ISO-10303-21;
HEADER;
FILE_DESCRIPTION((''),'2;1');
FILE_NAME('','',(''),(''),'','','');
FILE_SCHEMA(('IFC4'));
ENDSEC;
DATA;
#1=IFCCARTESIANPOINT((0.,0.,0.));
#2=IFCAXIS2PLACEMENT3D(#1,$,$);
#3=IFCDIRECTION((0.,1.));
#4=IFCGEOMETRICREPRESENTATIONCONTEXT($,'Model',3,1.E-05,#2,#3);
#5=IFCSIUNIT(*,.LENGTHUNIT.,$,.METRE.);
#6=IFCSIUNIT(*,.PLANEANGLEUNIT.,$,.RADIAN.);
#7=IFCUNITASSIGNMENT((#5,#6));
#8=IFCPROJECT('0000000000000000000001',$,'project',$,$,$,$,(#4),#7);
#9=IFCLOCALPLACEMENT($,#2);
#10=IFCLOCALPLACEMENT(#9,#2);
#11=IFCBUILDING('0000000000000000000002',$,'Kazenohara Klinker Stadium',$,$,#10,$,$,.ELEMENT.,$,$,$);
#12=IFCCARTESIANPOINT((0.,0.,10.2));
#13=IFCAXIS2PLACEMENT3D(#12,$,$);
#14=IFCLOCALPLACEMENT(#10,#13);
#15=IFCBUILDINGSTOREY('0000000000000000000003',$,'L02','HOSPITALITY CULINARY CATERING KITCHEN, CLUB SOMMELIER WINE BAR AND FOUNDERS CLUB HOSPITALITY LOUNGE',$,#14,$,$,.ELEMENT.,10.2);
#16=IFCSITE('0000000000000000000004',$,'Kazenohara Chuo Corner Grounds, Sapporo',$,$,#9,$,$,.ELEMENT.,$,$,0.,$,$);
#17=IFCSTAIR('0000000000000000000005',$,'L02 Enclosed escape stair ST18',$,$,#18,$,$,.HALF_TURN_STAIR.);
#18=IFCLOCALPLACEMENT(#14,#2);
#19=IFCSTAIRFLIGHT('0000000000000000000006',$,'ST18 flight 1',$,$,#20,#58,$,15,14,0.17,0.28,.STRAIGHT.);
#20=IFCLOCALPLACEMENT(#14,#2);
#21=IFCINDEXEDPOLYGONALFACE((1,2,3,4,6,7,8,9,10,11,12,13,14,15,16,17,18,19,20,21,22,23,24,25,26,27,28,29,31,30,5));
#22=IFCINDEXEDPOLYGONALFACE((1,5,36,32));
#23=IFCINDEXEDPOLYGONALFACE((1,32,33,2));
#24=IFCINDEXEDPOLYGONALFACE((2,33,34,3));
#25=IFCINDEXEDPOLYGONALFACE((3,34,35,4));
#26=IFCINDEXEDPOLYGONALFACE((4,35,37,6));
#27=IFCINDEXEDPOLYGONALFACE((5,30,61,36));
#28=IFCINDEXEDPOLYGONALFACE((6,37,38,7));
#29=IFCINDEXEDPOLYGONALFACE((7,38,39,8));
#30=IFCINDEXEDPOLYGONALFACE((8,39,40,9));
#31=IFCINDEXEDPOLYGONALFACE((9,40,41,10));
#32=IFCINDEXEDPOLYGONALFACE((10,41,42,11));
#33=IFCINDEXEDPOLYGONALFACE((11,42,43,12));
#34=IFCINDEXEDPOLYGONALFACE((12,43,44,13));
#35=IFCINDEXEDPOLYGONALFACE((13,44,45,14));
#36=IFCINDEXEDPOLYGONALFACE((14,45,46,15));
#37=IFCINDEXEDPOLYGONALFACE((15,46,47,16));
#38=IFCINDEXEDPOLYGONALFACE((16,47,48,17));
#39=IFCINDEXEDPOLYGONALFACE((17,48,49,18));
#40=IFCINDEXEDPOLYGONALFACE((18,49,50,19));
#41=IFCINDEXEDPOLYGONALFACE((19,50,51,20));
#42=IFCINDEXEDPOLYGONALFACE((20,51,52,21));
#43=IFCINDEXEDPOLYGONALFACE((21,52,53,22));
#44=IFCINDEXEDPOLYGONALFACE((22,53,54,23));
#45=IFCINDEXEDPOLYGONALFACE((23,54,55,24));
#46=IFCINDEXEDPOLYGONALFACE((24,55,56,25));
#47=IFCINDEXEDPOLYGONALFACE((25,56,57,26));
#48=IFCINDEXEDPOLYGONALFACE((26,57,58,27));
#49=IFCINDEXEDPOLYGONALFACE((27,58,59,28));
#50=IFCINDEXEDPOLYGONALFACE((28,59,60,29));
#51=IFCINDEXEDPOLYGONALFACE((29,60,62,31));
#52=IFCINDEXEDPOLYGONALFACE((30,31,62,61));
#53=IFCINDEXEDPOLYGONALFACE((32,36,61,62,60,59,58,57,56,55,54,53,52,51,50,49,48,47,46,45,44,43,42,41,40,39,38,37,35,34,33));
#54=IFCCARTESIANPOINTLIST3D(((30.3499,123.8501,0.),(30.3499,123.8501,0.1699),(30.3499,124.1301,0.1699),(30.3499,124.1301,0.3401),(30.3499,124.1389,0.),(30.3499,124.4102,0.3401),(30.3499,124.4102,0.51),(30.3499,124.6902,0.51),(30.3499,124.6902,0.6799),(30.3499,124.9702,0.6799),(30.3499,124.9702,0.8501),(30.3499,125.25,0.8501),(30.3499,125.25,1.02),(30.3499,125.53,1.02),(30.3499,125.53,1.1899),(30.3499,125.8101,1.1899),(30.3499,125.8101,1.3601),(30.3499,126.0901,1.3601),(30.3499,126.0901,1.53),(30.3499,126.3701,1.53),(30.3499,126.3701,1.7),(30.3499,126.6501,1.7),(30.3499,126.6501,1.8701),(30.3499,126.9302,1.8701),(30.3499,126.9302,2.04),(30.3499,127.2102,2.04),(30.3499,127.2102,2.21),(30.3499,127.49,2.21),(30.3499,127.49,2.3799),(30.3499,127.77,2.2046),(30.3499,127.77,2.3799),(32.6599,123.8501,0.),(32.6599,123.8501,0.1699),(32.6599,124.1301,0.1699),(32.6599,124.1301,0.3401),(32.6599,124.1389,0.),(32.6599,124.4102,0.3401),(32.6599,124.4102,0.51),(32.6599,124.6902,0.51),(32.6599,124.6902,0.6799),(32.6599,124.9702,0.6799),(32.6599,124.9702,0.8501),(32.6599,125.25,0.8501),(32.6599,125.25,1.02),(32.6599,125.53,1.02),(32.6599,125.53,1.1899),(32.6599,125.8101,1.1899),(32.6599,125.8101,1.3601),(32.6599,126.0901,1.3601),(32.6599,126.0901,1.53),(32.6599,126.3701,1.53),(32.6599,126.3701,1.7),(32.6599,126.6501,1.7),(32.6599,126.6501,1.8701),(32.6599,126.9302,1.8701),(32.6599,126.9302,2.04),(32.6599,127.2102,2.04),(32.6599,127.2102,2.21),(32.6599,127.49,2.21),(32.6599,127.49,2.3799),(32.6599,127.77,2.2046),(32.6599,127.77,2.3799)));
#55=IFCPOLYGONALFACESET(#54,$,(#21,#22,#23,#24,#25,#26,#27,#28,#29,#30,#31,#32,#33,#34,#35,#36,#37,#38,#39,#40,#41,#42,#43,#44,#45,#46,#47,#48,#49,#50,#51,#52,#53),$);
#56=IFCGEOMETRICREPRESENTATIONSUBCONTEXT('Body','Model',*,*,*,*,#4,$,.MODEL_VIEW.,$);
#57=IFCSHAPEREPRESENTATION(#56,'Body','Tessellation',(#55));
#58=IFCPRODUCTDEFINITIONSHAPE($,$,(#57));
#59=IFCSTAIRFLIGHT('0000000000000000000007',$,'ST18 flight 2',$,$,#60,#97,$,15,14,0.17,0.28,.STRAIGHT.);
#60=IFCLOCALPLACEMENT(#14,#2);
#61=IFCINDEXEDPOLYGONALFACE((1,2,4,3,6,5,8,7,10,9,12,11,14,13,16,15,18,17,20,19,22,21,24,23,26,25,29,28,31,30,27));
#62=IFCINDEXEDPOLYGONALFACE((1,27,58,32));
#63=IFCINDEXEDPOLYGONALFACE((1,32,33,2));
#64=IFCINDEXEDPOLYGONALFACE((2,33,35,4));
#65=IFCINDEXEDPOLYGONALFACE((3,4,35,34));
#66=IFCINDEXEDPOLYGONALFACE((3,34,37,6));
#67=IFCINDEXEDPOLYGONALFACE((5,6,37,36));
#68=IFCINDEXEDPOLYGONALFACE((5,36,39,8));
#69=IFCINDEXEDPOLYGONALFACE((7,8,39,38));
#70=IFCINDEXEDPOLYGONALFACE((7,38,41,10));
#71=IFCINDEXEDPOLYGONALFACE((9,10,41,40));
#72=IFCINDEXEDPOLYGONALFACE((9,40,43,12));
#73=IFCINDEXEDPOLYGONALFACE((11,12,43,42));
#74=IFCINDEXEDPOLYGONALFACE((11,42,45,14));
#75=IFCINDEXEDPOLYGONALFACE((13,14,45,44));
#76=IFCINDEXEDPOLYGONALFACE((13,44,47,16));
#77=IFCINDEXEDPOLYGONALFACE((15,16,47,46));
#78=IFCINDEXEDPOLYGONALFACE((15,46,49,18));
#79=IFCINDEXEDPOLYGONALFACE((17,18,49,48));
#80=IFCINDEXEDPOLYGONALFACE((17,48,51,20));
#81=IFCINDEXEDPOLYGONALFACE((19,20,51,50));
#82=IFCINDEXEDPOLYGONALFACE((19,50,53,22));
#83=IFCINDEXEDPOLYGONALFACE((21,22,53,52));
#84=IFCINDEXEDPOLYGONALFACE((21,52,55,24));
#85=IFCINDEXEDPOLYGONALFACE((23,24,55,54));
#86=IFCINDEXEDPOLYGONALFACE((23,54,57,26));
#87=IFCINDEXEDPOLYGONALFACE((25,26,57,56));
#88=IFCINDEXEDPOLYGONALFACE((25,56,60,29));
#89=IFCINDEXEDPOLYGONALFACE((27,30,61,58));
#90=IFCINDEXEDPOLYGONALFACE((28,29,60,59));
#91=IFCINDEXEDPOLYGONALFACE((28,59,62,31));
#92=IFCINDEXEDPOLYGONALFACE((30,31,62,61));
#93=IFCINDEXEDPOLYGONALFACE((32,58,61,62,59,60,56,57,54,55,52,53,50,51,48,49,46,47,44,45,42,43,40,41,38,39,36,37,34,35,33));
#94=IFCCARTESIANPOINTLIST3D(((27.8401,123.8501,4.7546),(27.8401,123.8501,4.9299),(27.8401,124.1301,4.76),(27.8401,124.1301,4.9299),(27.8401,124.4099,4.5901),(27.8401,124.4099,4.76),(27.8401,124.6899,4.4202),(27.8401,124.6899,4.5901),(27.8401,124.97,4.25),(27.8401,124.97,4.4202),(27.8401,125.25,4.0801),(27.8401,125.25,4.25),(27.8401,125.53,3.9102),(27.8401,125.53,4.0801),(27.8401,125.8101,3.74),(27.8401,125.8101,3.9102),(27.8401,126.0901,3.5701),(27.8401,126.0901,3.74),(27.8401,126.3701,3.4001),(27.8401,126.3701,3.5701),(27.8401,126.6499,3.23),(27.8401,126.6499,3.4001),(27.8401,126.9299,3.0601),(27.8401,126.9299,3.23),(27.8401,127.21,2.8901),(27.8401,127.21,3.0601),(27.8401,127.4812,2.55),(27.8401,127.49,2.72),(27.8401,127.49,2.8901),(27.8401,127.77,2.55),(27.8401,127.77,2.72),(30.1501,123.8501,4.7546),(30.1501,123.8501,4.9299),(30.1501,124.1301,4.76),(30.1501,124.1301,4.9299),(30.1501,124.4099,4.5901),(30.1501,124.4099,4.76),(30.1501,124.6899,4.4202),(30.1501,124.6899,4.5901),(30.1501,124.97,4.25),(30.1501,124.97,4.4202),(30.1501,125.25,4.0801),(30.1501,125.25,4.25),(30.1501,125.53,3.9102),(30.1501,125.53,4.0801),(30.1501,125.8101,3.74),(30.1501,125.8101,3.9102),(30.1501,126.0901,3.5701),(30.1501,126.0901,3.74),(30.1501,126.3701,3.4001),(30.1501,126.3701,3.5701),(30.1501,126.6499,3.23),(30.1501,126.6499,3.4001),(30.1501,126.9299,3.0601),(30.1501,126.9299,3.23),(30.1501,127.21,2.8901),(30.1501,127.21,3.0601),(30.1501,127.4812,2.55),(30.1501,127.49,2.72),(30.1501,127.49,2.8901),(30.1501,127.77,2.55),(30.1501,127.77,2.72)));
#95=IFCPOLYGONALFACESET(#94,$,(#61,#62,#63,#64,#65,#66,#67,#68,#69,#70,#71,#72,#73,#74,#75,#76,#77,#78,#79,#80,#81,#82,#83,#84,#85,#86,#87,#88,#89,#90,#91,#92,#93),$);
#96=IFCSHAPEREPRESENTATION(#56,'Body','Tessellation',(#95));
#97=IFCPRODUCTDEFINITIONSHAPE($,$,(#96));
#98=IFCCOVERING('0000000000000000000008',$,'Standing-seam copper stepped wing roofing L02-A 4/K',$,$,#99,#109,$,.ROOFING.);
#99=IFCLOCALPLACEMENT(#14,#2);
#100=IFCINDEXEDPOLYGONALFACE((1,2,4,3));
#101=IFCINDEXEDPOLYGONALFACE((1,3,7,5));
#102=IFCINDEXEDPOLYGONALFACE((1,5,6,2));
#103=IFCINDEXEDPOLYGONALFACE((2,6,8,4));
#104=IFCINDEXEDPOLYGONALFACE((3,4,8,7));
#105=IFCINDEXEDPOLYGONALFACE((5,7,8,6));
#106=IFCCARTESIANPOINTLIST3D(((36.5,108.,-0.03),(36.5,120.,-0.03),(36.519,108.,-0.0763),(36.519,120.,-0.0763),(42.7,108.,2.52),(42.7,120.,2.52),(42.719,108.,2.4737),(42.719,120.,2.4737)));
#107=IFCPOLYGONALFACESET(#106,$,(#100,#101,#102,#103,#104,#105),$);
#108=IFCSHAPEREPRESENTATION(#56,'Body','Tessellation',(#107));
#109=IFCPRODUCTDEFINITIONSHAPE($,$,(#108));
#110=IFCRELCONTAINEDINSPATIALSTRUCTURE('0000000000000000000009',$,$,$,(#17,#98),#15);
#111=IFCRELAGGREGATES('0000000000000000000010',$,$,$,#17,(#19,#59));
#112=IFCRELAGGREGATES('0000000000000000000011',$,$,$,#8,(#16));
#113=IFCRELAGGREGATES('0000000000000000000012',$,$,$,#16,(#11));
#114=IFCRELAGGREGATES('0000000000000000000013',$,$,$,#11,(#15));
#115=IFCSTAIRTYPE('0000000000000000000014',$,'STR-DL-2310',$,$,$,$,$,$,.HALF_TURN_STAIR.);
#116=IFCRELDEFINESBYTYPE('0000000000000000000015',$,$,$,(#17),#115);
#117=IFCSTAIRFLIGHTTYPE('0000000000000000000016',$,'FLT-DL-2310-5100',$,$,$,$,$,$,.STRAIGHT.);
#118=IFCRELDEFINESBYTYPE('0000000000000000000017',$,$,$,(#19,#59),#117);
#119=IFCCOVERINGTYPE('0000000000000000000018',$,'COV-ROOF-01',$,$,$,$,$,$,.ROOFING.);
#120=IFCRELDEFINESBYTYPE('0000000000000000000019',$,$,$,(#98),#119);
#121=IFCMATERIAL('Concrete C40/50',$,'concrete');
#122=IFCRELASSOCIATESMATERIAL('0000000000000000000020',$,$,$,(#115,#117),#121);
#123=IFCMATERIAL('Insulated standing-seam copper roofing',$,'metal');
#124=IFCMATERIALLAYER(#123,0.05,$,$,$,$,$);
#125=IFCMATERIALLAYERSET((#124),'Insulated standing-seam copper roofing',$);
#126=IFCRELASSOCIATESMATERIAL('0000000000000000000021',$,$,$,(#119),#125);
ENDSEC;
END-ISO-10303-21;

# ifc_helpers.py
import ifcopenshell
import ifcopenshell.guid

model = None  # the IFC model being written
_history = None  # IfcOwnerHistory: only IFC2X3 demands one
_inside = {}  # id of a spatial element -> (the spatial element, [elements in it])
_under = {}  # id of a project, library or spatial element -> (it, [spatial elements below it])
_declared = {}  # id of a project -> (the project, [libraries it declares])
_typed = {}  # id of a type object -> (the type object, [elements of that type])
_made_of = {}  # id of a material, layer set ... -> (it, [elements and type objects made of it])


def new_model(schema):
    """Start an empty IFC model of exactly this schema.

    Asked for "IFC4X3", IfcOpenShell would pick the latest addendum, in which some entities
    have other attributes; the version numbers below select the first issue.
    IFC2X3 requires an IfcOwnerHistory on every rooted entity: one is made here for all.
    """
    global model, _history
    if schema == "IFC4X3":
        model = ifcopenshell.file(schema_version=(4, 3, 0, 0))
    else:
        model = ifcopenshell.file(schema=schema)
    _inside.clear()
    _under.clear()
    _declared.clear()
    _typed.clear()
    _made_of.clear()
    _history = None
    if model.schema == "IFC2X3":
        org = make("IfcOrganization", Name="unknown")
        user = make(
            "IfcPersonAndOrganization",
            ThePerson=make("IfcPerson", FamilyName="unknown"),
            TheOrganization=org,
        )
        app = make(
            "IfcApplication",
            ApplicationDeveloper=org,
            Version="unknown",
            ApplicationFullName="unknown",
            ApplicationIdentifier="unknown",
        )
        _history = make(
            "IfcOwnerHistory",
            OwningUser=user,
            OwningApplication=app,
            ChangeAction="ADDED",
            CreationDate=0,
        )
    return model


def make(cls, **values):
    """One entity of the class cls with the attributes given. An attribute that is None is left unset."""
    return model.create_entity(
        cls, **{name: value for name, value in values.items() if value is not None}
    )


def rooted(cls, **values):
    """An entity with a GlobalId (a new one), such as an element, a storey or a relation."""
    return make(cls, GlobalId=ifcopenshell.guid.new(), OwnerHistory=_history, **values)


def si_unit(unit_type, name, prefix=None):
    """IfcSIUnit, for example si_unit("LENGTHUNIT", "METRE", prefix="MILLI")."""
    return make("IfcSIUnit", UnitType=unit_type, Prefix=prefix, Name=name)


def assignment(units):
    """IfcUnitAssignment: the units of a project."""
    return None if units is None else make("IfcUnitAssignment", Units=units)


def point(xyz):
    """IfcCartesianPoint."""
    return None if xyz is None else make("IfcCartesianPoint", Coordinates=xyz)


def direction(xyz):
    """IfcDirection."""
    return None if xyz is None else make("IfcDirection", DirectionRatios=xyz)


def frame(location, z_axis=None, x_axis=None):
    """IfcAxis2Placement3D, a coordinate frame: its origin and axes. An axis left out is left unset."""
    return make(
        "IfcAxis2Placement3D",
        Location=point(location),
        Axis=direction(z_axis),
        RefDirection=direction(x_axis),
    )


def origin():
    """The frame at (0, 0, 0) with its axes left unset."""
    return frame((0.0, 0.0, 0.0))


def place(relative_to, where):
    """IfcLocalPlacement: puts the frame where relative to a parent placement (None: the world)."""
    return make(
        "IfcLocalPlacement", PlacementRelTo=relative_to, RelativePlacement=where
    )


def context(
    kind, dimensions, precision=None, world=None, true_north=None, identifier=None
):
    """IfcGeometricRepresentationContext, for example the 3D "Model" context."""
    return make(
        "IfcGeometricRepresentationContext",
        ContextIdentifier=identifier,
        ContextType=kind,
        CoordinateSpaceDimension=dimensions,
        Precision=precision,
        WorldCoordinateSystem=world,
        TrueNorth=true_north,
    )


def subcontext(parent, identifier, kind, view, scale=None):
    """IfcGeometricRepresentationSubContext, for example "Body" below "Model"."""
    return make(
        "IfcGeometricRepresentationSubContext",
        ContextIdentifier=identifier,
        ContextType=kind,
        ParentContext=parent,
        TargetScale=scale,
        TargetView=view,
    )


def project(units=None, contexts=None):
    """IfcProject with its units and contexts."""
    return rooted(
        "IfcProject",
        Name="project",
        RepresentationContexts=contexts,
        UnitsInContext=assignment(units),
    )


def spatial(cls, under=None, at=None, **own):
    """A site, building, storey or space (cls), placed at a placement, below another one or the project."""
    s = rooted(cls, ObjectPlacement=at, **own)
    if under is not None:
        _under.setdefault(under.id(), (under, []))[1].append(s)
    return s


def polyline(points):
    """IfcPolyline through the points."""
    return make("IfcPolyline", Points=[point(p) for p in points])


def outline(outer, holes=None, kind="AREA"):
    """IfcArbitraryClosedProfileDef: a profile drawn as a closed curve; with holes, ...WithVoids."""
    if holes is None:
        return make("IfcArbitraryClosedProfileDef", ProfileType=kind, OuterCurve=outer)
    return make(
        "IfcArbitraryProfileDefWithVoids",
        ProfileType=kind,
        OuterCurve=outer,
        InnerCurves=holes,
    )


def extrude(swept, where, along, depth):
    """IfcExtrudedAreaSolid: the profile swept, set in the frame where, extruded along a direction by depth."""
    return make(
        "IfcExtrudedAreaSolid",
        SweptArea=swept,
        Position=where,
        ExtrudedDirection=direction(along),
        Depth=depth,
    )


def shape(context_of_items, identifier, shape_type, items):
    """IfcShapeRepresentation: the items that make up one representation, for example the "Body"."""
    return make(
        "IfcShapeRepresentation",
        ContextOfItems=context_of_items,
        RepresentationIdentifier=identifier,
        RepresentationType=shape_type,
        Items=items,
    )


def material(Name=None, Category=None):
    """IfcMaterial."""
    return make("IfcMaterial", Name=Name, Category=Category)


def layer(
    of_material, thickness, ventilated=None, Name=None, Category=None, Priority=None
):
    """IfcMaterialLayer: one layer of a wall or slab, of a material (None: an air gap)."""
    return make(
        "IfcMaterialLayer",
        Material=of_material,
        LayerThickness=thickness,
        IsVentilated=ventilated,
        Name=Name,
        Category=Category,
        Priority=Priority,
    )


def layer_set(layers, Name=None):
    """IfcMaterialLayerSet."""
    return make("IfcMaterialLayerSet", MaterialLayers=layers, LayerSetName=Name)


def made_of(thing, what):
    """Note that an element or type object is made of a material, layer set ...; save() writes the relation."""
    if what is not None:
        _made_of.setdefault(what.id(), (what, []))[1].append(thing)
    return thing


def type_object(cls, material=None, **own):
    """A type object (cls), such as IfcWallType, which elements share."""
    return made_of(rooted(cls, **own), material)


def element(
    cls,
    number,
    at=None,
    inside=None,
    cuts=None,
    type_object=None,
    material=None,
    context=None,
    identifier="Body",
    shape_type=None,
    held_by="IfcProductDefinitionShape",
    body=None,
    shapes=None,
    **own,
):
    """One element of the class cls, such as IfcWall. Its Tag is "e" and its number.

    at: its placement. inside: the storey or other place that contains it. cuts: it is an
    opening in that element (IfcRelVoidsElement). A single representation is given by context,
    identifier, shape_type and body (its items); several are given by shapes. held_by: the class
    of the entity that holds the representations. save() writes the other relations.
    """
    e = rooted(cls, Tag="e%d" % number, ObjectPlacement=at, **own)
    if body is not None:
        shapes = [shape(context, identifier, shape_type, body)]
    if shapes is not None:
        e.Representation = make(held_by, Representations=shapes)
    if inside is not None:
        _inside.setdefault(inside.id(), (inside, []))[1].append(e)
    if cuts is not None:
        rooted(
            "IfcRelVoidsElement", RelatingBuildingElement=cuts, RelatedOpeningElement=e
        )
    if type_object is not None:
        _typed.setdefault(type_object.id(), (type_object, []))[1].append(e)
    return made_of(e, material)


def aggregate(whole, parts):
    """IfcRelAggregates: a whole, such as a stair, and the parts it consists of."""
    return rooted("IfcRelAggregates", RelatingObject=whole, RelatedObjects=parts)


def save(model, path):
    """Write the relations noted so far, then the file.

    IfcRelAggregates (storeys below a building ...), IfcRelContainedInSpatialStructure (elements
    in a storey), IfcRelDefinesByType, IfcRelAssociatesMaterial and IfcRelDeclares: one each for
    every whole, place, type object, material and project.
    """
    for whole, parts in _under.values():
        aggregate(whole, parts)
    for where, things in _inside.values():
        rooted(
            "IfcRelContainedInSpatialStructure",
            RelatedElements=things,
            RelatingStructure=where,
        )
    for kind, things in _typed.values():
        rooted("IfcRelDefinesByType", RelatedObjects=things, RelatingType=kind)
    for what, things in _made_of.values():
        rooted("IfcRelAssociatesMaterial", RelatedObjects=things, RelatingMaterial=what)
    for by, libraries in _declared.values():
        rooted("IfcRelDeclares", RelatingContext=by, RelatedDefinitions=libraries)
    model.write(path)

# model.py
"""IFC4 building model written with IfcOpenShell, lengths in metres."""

from ifc_helpers import new_model, si_unit, direction, frame, origin, place, context, subcontext, project, spatial, polyline, outline, extrude, material, layer, layer_set, type_object, element, aggregate, save


model = new_model("IFC4")

# Units and contexts
model_context = context("Model", 3, precision=1e-05, world=origin(), true_north=direction((0.0, 1.0)))
body_context = subcontext(model_context, "Body", "Model", "MODEL_VIEW")
ifc_project = project(units=[si_unit("LENGTHUNIT", "METRE"), si_unit("PLANEANGLEUNIT", "RADIAN")], contexts=[model_context])

# Site, building, storey
site_placement = place(None, origin())
site = spatial("IfcSite", under=ifc_project, at=site_placement, Name="Kazenohara Chuo Corner Grounds, Sapporo", CompositionType="ELEMENT", RefElevation=0.0)
building_placement = place(site_placement, origin())
building = spatial("IfcBuilding", under=site, at=building_placement, Name="Kazenohara Klinker Stadium", CompositionType="ELEMENT")
storey_placement = place(building_placement, frame((0.0, 0.0, 10.2)))
storey = spatial("IfcBuildingStorey", under=building, at=storey_placement, Name="L02", Description="HOSPITALITY CULINARY CATERING KITCHEN, CLUB SOMMELIER WINE BAR AND FOUNDERS CLUB HOSPITALITY LOUNGE", CompositionType="ELEMENT", Elevation=10.2)

# Shared definitions
ifc_material_1 = material(Name="Concrete C40/50", Category="concrete")

# Stair, stair flights
stair_type = type_object("IfcStairType", Name="STR-DL-2310", PredefinedType="HALF_TURN_STAIR", material=ifc_material_1)
stair_placement = place(storey_placement, origin())
stair = element("IfcStair", 1, at=stair_placement, inside=storey, type_object=stair_type, Name="L02 Enclosed escape stair ST18", PredefinedType="HALF_TURN_STAIR")
stair_flight_type = type_object("IfcStairFlightType", Name="FLT-DL-2310-5100", PredefinedType="STRAIGHT", material=ifc_material_1)
stair_flight_1_placement = place(storey_placement, frame((31.5049, 123.8501, 0.0), z_axis=(0.0, 0.0, 1.0), x_axis=(0.0, 1.0, 0.0)))
stair_flight_1 = element("IfcStairFlight", 2, at=stair_flight_1_placement, type_object=stair_flight_type, Name="ST18 flight 1", NumberOfRisers=15, NumberOfTreads=14, PredefinedType="STRAIGHT", RiserHeight=0.17, TreadLength=0.28, context=body_context, shape_type="SweptSolid", body=[
    extrude(outline(polyline([(0.0, 0.0), (0.0, 0.1699), (0.28, 0.1699), (0.28, 0.3401), (0.5601, 0.3401), (0.5601, 0.51), (0.8401, 0.51), (0.8401, 0.6799), (1.1201, 0.6799), (1.1201, 0.8501), (1.3999, 0.8501), (1.3999, 1.02), (1.6799, 1.02), (1.6799, 1.1899), (1.96, 1.1899), (1.96, 1.3601), (2.24, 1.3601), (2.24, 1.53), (2.52, 1.53), (2.52, 1.7), (2.8, 1.7), (2.8, 1.8701), (3.0801, 1.8701), (3.0801, 2.04), (3.3601, 2.04), (3.3601, 2.21), (3.6399, 2.21), (3.6399, 2.3799), (3.9199, 2.3799), (3.9199, 2.55), (3.9199, 2.2046), (0.2888, 0.0), (0.0, 0.0)])), frame((0.0, 1.155, 0.0), z_axis=(0.0, -1.0, 0.0), x_axis=(1.0, 0.0, 0.0)), (0.0, 0.0, 1.0), 2.3101),
])
stair_flight_2_placement = place(storey_placement, frame((28.9951, 127.77, 2.55), z_axis=(0.0, 0.0, 1.0), x_axis=(0.0, -1.0, 0.0)))
stair_flight_2 = element("IfcStairFlight", 3, at=stair_flight_2_placement, type_object=stair_flight_type, Name="ST18 flight 2", NumberOfRisers=15, NumberOfTreads=14, PredefinedType="STRAIGHT", RiserHeight=0.17, TreadLength=0.28, context=body_context, shape_type="SweptSolid", body=[
    extrude(outline(polyline([(0.0, 0.0), (0.0, 0.1699), (0.28, 0.1699), (0.28, 0.3401), (0.5601, 0.3401), (0.5601, 0.51), (0.8401, 0.51), (0.8401, 0.6799), (1.1201, 0.6799), (1.1201, 0.8501), (1.3999, 0.8501), (1.3999, 1.02), (1.6799, 1.02), (1.6799, 1.1899), (1.96, 1.1899), (1.96, 1.3601), (2.24, 1.3601), (2.24, 1.53), (2.52, 1.53), (2.52, 1.7), (2.8, 1.7), (2.8, 1.8701), (3.0801, 1.8701), (3.0801, 2.04), (3.3601, 2.04), (3.3601, 2.21), (3.6399, 2.21), (3.6399, 2.3799), (3.9199, 2.3799), (3.9199, 2.55), (3.9199, 2.2046), (0.2888, 0.0), (0.0, 0.0)])), frame((0.0, 1.155, 0.0), z_axis=(0.0, -1.0, 0.0), x_axis=(1.0, 0.0, 0.0)), (0.0, 0.0, 1.0), 2.3101),
])
aggregate(stair, [stair_flight_1, stair_flight_2])

# Covering
ifc_material_2 = material(Name="Insulated standing-seam copper roofing", Category="metal")
ifc_layer_1 = layer(ifc_material_2, 0.05)
ifc_layer_set_1 = layer_set([ifc_layer_1], Name="Insulated standing-seam copper roofing")
covering_type = type_object("IfcCoveringType", Name="COV-ROOF-01", PredefinedType="ROOFING", material=ifc_layer_set_1)
covering_placement = place(storey_placement, frame((36.5, 108.0, -0.03), z_axis=(-0.380383, 0.0, 0.924829), x_axis=(0.924829, 0.0, 0.380383)))
element("IfcCovering", 4, at=covering_placement, inside=storey, type_object=covering_type, Name="Standing-seam copper stepped wing roofing L02-A 4/K", PredefinedType="ROOFING", context=body_context, shape_type="SweptSolid", body=[
    extrude(outline(polyline([(0.0, 0.0), (6.7039, 0.0), (6.7039, 12.0), (0.0, 12.0), (0.0, 0.0)])), origin(), (0.0, 0.0, -1.0), 0.05),
])

save(model, "model.ifc")
